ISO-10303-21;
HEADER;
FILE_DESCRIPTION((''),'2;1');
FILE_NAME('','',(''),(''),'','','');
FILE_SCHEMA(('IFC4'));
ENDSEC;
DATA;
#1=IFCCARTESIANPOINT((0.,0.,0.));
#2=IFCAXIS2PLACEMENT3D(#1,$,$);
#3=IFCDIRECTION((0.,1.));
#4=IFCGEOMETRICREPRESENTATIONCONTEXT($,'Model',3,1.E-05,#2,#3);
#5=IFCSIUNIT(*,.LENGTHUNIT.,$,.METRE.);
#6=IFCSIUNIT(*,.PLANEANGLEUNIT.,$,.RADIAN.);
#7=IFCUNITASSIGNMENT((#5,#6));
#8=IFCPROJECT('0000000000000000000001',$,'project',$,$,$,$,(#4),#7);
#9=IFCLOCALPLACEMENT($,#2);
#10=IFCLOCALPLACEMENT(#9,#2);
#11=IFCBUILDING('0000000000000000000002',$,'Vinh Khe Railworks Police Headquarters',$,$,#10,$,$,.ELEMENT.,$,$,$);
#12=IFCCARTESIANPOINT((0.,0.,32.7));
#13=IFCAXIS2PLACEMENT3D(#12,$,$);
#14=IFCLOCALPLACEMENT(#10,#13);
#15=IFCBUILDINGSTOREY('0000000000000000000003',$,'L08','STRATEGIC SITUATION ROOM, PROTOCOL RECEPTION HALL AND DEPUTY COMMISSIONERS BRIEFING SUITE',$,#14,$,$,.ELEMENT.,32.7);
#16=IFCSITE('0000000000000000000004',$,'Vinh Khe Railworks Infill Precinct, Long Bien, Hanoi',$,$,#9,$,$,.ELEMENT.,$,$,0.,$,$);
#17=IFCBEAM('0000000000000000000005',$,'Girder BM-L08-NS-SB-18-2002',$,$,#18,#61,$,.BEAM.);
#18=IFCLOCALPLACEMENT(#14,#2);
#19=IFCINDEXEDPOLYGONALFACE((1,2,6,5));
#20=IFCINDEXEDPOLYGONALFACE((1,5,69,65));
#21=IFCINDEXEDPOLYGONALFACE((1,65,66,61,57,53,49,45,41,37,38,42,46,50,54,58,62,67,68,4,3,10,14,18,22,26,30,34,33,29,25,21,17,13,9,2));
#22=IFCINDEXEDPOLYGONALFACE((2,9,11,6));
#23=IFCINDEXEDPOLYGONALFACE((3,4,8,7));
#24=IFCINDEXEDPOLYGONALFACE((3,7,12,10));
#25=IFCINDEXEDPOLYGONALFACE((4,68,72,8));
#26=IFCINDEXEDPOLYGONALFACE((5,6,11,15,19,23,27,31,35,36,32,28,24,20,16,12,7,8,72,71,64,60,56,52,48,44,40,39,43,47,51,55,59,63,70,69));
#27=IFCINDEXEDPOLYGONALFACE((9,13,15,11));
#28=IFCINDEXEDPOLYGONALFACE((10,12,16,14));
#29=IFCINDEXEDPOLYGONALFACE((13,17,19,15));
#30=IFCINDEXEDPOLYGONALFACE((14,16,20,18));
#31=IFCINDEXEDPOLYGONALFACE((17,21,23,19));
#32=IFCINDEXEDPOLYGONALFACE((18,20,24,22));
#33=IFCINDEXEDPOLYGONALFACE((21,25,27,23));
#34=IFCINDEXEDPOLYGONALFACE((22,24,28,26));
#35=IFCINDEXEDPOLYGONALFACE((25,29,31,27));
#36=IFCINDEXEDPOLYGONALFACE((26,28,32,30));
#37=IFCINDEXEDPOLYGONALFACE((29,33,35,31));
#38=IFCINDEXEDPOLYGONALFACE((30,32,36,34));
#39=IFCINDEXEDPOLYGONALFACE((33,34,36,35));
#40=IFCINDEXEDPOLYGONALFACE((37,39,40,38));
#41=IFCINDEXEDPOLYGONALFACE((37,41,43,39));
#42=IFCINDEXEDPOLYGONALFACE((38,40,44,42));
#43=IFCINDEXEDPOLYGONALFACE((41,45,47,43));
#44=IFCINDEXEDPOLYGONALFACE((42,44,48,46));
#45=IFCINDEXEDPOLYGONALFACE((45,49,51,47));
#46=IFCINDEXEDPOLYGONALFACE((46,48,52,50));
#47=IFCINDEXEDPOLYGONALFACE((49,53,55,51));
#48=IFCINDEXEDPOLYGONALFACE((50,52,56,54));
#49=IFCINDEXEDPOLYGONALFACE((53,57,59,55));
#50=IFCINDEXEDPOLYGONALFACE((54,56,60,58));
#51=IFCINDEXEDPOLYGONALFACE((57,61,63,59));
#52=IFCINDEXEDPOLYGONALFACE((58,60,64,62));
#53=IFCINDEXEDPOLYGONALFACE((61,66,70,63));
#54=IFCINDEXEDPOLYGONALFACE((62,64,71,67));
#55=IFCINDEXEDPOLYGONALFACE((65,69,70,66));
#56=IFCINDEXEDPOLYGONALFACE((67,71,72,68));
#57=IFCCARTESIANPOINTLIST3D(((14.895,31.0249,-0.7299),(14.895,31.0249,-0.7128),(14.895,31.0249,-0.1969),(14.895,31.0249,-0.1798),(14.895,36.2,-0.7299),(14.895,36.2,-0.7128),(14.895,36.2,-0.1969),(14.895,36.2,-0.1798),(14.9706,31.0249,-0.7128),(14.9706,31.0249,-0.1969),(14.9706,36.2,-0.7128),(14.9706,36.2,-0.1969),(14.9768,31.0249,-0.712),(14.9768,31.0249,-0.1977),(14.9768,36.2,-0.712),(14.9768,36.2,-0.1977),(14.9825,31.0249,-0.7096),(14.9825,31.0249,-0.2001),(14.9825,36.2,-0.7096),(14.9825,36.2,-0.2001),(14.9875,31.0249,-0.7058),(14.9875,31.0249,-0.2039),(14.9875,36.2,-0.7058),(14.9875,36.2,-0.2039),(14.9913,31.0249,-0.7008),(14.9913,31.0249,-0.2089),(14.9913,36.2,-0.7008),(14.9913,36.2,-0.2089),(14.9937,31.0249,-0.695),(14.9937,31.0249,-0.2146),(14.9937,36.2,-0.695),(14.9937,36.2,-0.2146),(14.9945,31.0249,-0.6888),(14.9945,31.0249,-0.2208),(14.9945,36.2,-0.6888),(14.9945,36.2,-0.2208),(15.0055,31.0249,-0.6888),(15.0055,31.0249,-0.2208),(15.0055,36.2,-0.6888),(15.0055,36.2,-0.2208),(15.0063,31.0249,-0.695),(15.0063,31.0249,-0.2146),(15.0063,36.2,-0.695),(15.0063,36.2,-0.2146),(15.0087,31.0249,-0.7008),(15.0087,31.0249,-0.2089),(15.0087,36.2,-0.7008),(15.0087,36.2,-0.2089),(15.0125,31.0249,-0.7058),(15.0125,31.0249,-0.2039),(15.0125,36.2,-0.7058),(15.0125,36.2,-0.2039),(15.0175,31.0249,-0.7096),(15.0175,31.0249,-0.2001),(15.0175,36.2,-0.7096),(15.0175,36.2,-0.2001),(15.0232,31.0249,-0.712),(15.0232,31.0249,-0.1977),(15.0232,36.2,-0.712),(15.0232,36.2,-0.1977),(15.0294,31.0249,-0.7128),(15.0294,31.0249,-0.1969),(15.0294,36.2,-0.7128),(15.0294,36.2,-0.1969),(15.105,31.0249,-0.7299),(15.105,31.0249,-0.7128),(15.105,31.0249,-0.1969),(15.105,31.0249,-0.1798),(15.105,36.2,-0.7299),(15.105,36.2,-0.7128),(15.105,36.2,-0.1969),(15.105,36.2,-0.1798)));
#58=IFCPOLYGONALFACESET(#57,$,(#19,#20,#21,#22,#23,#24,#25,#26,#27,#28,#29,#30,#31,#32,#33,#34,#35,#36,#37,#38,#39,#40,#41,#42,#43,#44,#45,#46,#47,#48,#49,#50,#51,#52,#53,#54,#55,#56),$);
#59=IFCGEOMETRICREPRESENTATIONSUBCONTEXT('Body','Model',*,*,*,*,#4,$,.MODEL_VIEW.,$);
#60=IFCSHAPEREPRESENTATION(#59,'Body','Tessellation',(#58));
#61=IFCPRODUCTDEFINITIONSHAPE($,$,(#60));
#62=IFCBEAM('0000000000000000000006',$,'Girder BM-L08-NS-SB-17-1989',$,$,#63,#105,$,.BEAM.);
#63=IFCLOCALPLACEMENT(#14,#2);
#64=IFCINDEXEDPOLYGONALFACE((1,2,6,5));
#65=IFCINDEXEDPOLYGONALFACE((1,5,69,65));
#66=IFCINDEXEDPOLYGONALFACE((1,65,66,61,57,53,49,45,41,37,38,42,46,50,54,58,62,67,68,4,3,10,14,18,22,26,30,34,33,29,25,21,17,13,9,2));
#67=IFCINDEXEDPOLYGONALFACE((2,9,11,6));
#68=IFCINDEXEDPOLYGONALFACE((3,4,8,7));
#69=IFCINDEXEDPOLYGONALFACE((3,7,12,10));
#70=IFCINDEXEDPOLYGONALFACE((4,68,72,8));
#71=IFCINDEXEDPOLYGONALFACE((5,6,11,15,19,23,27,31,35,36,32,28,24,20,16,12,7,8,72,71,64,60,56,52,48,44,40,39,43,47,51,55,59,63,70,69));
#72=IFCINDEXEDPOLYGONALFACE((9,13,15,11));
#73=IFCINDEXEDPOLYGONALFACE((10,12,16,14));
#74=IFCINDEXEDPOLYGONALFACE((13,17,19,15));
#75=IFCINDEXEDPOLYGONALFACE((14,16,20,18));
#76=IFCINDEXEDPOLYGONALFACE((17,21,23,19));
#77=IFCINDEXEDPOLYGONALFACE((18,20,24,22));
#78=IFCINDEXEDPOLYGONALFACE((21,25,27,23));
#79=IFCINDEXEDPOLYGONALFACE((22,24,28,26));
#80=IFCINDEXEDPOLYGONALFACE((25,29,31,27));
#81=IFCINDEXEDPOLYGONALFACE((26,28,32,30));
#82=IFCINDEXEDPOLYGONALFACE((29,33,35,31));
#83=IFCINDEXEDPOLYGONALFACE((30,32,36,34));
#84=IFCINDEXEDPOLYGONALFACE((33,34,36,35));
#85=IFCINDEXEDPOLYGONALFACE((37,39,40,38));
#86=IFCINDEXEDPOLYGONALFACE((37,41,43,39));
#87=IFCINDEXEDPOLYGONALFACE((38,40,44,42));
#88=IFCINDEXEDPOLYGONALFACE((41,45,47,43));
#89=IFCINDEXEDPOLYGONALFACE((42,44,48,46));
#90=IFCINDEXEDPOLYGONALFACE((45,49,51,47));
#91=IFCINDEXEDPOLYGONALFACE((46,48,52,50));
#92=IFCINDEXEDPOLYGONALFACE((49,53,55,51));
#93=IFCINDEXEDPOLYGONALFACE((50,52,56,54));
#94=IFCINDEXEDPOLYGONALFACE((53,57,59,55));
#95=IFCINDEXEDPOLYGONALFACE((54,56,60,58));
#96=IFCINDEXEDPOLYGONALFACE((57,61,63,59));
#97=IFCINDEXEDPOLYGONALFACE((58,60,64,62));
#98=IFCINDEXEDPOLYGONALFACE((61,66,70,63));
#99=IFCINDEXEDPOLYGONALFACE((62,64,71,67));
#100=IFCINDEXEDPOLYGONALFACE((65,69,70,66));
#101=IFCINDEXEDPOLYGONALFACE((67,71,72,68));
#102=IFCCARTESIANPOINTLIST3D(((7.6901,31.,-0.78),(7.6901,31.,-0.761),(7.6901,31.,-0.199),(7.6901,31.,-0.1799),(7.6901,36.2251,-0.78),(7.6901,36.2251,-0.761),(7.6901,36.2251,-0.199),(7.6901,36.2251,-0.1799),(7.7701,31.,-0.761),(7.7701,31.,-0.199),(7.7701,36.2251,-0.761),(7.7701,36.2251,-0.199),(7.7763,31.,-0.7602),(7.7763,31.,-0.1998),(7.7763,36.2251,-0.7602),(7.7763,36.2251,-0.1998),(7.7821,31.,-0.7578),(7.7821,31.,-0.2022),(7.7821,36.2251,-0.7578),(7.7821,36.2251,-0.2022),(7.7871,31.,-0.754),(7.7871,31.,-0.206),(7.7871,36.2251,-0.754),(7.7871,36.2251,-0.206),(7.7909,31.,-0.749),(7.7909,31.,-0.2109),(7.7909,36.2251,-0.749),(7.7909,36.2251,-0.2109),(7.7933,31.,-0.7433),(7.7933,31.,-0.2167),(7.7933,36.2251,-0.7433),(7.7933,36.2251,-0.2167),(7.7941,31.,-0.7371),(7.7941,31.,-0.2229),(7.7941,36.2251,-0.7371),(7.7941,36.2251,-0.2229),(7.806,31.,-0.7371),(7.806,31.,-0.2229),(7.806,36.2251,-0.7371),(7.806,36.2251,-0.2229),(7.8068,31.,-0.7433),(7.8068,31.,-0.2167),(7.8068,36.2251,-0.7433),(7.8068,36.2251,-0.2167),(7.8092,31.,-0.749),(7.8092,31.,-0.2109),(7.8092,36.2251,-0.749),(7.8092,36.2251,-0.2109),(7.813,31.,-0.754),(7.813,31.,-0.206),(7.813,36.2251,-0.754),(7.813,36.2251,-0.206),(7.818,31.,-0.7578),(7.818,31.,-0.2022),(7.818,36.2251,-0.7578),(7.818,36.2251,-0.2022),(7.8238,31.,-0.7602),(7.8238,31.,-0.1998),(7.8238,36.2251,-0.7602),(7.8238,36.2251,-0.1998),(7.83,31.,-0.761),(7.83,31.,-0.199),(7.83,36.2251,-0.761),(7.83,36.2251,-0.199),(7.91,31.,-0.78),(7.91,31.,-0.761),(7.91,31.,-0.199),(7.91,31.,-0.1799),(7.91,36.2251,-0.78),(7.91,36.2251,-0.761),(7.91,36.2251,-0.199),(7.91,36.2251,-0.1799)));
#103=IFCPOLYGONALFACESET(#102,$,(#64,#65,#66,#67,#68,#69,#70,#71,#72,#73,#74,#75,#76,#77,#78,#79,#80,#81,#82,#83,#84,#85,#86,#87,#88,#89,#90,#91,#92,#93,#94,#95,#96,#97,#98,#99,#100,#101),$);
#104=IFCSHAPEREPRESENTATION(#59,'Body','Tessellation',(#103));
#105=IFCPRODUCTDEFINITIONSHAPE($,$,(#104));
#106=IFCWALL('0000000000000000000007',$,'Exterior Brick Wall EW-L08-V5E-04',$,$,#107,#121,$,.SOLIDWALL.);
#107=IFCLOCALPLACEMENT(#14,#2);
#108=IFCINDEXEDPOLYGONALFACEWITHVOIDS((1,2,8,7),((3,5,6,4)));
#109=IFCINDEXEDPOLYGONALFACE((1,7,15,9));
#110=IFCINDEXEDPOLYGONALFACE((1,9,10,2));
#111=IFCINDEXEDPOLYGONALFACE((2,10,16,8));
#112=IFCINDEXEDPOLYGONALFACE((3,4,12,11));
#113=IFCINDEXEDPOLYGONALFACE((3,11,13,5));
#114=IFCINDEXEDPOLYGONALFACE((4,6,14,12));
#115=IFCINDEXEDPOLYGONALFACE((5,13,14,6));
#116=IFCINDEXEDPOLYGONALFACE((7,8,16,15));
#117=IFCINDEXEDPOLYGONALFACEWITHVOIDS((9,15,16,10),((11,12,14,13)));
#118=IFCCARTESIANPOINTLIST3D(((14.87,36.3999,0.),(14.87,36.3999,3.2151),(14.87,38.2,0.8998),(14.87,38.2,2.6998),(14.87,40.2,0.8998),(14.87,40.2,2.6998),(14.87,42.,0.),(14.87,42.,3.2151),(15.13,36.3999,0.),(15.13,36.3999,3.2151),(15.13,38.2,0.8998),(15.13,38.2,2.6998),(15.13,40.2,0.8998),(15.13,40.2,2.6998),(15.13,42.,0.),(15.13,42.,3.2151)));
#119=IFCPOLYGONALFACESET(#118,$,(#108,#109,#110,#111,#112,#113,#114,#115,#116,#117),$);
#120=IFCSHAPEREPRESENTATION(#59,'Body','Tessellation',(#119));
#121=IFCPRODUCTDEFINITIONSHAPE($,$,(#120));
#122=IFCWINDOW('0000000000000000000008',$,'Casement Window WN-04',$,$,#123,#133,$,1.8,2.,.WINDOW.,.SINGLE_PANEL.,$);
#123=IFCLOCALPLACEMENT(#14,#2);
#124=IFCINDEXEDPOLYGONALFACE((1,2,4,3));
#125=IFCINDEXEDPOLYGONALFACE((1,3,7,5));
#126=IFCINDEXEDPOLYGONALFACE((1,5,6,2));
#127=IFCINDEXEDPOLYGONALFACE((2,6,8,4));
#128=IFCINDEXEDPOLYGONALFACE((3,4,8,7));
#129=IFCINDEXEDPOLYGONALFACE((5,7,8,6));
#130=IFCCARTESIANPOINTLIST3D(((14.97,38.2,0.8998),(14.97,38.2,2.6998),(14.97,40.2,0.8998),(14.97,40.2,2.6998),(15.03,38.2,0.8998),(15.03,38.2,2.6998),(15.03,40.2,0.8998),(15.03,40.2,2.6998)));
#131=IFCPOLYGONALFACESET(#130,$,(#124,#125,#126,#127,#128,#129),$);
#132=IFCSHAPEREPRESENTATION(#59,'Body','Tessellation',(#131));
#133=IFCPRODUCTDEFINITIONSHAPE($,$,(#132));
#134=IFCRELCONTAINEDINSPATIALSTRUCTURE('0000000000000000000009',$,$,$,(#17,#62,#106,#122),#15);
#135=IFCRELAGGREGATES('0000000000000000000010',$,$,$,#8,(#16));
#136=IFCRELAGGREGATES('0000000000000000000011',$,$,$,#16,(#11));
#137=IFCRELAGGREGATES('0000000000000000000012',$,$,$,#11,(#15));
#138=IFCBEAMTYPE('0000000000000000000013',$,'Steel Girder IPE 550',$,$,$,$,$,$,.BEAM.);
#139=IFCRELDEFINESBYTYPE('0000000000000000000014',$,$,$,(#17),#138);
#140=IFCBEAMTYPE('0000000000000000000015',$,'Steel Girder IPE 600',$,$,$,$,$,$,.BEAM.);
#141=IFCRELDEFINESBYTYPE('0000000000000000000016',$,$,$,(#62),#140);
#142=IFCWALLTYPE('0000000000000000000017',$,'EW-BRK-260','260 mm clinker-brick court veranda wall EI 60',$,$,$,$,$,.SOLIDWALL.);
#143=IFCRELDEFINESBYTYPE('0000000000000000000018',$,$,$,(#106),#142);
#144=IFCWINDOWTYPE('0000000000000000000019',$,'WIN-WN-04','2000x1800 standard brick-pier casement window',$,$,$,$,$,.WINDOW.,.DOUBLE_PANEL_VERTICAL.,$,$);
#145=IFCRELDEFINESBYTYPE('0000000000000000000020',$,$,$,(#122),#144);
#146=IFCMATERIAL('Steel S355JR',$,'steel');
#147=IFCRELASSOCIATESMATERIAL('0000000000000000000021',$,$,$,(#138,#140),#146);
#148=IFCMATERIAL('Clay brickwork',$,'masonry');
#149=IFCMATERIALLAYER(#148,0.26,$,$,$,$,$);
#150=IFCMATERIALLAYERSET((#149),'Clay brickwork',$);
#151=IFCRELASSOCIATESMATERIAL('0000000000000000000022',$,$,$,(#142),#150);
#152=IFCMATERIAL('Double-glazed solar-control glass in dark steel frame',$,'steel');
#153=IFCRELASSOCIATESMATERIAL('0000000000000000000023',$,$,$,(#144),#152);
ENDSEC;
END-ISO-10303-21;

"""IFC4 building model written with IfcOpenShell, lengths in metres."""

from ifc_helpers import new_model, si_unit, direction, frame, frame_2d, origin, origin_2d, place, context, subcontext, project, spatial, rectangle, i_section, extrude, material, layer, layer_set, material_profile, profile_set, type_object, element, fill, save


model = new_model("IFC4")

# Units and contexts
model_context = context("Model", 3, precision=1e-05, world=origin(), true_north=direction((0.0, 1.0)))
body_context = subcontext(model_context, "Body", "Model", "MODEL_VIEW")
ifc_project = project(units=[si_unit("LENGTHUNIT", "METRE"), si_unit("PLANEANGLEUNIT", "RADIAN")], contexts=[model_context])

# Site, building, storey
site_placement = place(None, origin())
site = spatial("IfcSite", under=ifc_project, at=site_placement, Name="Vinh Khe Railworks Infill Precinct, Long Bien, Hanoi", CompositionType="ELEMENT", RefElevation=0.0)
building_placement = place(site_placement, origin())
building = spatial("IfcBuilding", under=site, at=building_placement, Name="Vinh Khe Railworks Police Headquarters", CompositionType="ELEMENT")
storey_placement = place(building_placement, frame((0.0, 0.0, 32.7)))
storey = spatial("IfcBuildingStorey", under=building, at=storey_placement, Name="L08", Description="STRATEGIC SITUATION ROOM, PROTOCOL RECEPTION HALL AND DEPUTY COMMISSIONERS BRIEFING SUITE", CompositionType="ELEMENT", Elevation=32.7)

# Shared definitions
ifc_material_1 = material(Name="Steel S355JR", Category="steel")

# Beams
ifc_material_profile_1 = material_profile(ifc_material_1, i_section(OverallWidth=0.21, OverallDepth=0.55, WebThickness=0.011, FlangeThickness=0.0171, FilletRadius=0.0239, at=origin_2d()), Name="IPE 550")
ifc_profile_set_1 = profile_set([ifc_material_profile_1], Name="Steel S355JR")
beam_type_1 = type_object("IfcBeamType", Name="Steel Girder IPE 550", PredefinedType="BEAM", material=ifc_profile_set_1)
beam_1_placement = place(storey_placement, frame((15.0, 31.0249, -0.4548), z_axis=(0.0, 1.0, 0.0), x_axis=(-1.0, 0.0, 0.0)))
element("IfcBeam", 1, at=beam_1_placement, inside=storey, type_object=beam_type_1, Name="Girder BM-L08-NS-SB-18-2002", PredefinedType="BEAM", context=body_context, shape_type="SweptSolid", body=[
    extrude(i_section(OverallWidth=0.21, OverallDepth=0.55, WebThickness=0.011, FlangeThickness=0.0171, FilletRadius=0.0239, at=origin_2d()), origin(), (0.0, 0.0, 1.0), 5.175),
])
ifc_material_profile_2 = material_profile(ifc_material_1, i_section(OverallWidth=0.22, OverallDepth=0.6001, WebThickness=0.012, FlangeThickness=0.019, FilletRadius=0.0239, at=origin_2d()), Name="IPE 600")
ifc_profile_set_2 = profile_set([ifc_material_profile_2], Name="Steel S355JR")
beam_type_2 = type_object("IfcBeamType", Name="Steel Girder IPE 600", PredefinedType="BEAM", material=ifc_profile_set_2)
beam_2_placement = place(storey_placement, frame((7.8, 31.0, -0.48), z_axis=(0.0, 1.0, 0.0), x_axis=(-1.0, 0.0, 0.0)))
element("IfcBeam", 2, at=beam_2_placement, inside=storey, type_object=beam_type_2, Name="Girder BM-L08-NS-SB-17-1989", PredefinedType="BEAM", context=body_context, shape_type="SweptSolid", body=[
    extrude(i_section(OverallWidth=0.22, OverallDepth=0.6001, WebThickness=0.012, FlangeThickness=0.019, FilletRadius=0.0239, at=origin_2d()), origin(), (0.0, 0.0, 1.0), 5.2251),
])

# Wall, opening, window
ifc_material_2 = material(Name="Clay brickwork", Category="masonry")
ifc_layer_1 = layer(ifc_material_2, 0.26)
ifc_layer_set_1 = layer_set([ifc_layer_1], Name="Clay brickwork")
wall_type_1 = type_object("IfcWallType", Name="EW-BRK-260", Description="260 mm clinker-brick court veranda wall EI 60", PredefinedType="SOLIDWALL", material=ifc_layer_set_1)
wall_1_placement = place(storey_placement, frame((15.0, 36.3999, 0.0), z_axis=(0.0, 0.0, 1.0), x_axis=(0.0, 1.0, 0.0)))
wall_1 = element("IfcWall", 3, at=wall_1_placement, inside=storey, type_object=wall_type_1, Name="Exterior Brick Wall EW-L08-V5E-04", PredefinedType="SOLIDWALL", context=body_context, shape_type="SweptSolid", body=[
    extrude(rectangle(XDim=5.6001, YDim=0.26, at=frame_2d((2.8, 0.0))), origin(), (0.0, 0.0, 1.0), 3.2151),
])
opening_1_placement = place(wall_1_placement, frame((1.8, 0.0, 0.8999)))
opening_1 = element("IfcOpeningElement", 4, at=opening_1_placement, cuts=wall_1, PredefinedType="OPENING", context=body_context, shape_type="SweptSolid", body=[
    extrude(rectangle(XDim=2.0, YDim=1.8, at=frame_2d((1.0, 0.8999))), frame((0.0, 0.145, 0.0), z_axis=(0.0, -1.0, 0.0), x_axis=(1.0, 0.0, 0.0)), (0.0, 0.0, 1.0), 0.2898),
])
ifc_material_3 = material(Name="Double-glazed solar-control glass in dark steel frame", Category="steel")
window_type_1 = type_object("IfcWindowType", Name="WIN-WN-04", Description="2000x1800 standard brick-pier casement window", PartitioningType="DOUBLE_PANEL_VERTICAL", PredefinedType="WINDOW", material=ifc_material_3)
window_1_placement = place(opening_1_placement, origin())
window_1 = element("IfcWindow", 5, at=window_1_placement, inside=storey, type_object=window_type_1, Name="Casement Window WN-04", OverallHeight=1.8, OverallWidth=2.0, PartitioningType="SINGLE_PANEL", PredefinedType="WINDOW", context=body_context, shape_type="SweptSolid", body=[
    extrude(rectangle(XDim=2.0, YDim=1.8, at=frame_2d((1.0, 0.8999))), frame((0.0, 0.03, 0.0), z_axis=(0.0, -1.0, 0.0), x_axis=(1.0, 0.0, 0.0)), (0.0, 0.0, 1.0), 0.0601),
])
fill(opening_1, window_1)

save(model, "model.ifc")
